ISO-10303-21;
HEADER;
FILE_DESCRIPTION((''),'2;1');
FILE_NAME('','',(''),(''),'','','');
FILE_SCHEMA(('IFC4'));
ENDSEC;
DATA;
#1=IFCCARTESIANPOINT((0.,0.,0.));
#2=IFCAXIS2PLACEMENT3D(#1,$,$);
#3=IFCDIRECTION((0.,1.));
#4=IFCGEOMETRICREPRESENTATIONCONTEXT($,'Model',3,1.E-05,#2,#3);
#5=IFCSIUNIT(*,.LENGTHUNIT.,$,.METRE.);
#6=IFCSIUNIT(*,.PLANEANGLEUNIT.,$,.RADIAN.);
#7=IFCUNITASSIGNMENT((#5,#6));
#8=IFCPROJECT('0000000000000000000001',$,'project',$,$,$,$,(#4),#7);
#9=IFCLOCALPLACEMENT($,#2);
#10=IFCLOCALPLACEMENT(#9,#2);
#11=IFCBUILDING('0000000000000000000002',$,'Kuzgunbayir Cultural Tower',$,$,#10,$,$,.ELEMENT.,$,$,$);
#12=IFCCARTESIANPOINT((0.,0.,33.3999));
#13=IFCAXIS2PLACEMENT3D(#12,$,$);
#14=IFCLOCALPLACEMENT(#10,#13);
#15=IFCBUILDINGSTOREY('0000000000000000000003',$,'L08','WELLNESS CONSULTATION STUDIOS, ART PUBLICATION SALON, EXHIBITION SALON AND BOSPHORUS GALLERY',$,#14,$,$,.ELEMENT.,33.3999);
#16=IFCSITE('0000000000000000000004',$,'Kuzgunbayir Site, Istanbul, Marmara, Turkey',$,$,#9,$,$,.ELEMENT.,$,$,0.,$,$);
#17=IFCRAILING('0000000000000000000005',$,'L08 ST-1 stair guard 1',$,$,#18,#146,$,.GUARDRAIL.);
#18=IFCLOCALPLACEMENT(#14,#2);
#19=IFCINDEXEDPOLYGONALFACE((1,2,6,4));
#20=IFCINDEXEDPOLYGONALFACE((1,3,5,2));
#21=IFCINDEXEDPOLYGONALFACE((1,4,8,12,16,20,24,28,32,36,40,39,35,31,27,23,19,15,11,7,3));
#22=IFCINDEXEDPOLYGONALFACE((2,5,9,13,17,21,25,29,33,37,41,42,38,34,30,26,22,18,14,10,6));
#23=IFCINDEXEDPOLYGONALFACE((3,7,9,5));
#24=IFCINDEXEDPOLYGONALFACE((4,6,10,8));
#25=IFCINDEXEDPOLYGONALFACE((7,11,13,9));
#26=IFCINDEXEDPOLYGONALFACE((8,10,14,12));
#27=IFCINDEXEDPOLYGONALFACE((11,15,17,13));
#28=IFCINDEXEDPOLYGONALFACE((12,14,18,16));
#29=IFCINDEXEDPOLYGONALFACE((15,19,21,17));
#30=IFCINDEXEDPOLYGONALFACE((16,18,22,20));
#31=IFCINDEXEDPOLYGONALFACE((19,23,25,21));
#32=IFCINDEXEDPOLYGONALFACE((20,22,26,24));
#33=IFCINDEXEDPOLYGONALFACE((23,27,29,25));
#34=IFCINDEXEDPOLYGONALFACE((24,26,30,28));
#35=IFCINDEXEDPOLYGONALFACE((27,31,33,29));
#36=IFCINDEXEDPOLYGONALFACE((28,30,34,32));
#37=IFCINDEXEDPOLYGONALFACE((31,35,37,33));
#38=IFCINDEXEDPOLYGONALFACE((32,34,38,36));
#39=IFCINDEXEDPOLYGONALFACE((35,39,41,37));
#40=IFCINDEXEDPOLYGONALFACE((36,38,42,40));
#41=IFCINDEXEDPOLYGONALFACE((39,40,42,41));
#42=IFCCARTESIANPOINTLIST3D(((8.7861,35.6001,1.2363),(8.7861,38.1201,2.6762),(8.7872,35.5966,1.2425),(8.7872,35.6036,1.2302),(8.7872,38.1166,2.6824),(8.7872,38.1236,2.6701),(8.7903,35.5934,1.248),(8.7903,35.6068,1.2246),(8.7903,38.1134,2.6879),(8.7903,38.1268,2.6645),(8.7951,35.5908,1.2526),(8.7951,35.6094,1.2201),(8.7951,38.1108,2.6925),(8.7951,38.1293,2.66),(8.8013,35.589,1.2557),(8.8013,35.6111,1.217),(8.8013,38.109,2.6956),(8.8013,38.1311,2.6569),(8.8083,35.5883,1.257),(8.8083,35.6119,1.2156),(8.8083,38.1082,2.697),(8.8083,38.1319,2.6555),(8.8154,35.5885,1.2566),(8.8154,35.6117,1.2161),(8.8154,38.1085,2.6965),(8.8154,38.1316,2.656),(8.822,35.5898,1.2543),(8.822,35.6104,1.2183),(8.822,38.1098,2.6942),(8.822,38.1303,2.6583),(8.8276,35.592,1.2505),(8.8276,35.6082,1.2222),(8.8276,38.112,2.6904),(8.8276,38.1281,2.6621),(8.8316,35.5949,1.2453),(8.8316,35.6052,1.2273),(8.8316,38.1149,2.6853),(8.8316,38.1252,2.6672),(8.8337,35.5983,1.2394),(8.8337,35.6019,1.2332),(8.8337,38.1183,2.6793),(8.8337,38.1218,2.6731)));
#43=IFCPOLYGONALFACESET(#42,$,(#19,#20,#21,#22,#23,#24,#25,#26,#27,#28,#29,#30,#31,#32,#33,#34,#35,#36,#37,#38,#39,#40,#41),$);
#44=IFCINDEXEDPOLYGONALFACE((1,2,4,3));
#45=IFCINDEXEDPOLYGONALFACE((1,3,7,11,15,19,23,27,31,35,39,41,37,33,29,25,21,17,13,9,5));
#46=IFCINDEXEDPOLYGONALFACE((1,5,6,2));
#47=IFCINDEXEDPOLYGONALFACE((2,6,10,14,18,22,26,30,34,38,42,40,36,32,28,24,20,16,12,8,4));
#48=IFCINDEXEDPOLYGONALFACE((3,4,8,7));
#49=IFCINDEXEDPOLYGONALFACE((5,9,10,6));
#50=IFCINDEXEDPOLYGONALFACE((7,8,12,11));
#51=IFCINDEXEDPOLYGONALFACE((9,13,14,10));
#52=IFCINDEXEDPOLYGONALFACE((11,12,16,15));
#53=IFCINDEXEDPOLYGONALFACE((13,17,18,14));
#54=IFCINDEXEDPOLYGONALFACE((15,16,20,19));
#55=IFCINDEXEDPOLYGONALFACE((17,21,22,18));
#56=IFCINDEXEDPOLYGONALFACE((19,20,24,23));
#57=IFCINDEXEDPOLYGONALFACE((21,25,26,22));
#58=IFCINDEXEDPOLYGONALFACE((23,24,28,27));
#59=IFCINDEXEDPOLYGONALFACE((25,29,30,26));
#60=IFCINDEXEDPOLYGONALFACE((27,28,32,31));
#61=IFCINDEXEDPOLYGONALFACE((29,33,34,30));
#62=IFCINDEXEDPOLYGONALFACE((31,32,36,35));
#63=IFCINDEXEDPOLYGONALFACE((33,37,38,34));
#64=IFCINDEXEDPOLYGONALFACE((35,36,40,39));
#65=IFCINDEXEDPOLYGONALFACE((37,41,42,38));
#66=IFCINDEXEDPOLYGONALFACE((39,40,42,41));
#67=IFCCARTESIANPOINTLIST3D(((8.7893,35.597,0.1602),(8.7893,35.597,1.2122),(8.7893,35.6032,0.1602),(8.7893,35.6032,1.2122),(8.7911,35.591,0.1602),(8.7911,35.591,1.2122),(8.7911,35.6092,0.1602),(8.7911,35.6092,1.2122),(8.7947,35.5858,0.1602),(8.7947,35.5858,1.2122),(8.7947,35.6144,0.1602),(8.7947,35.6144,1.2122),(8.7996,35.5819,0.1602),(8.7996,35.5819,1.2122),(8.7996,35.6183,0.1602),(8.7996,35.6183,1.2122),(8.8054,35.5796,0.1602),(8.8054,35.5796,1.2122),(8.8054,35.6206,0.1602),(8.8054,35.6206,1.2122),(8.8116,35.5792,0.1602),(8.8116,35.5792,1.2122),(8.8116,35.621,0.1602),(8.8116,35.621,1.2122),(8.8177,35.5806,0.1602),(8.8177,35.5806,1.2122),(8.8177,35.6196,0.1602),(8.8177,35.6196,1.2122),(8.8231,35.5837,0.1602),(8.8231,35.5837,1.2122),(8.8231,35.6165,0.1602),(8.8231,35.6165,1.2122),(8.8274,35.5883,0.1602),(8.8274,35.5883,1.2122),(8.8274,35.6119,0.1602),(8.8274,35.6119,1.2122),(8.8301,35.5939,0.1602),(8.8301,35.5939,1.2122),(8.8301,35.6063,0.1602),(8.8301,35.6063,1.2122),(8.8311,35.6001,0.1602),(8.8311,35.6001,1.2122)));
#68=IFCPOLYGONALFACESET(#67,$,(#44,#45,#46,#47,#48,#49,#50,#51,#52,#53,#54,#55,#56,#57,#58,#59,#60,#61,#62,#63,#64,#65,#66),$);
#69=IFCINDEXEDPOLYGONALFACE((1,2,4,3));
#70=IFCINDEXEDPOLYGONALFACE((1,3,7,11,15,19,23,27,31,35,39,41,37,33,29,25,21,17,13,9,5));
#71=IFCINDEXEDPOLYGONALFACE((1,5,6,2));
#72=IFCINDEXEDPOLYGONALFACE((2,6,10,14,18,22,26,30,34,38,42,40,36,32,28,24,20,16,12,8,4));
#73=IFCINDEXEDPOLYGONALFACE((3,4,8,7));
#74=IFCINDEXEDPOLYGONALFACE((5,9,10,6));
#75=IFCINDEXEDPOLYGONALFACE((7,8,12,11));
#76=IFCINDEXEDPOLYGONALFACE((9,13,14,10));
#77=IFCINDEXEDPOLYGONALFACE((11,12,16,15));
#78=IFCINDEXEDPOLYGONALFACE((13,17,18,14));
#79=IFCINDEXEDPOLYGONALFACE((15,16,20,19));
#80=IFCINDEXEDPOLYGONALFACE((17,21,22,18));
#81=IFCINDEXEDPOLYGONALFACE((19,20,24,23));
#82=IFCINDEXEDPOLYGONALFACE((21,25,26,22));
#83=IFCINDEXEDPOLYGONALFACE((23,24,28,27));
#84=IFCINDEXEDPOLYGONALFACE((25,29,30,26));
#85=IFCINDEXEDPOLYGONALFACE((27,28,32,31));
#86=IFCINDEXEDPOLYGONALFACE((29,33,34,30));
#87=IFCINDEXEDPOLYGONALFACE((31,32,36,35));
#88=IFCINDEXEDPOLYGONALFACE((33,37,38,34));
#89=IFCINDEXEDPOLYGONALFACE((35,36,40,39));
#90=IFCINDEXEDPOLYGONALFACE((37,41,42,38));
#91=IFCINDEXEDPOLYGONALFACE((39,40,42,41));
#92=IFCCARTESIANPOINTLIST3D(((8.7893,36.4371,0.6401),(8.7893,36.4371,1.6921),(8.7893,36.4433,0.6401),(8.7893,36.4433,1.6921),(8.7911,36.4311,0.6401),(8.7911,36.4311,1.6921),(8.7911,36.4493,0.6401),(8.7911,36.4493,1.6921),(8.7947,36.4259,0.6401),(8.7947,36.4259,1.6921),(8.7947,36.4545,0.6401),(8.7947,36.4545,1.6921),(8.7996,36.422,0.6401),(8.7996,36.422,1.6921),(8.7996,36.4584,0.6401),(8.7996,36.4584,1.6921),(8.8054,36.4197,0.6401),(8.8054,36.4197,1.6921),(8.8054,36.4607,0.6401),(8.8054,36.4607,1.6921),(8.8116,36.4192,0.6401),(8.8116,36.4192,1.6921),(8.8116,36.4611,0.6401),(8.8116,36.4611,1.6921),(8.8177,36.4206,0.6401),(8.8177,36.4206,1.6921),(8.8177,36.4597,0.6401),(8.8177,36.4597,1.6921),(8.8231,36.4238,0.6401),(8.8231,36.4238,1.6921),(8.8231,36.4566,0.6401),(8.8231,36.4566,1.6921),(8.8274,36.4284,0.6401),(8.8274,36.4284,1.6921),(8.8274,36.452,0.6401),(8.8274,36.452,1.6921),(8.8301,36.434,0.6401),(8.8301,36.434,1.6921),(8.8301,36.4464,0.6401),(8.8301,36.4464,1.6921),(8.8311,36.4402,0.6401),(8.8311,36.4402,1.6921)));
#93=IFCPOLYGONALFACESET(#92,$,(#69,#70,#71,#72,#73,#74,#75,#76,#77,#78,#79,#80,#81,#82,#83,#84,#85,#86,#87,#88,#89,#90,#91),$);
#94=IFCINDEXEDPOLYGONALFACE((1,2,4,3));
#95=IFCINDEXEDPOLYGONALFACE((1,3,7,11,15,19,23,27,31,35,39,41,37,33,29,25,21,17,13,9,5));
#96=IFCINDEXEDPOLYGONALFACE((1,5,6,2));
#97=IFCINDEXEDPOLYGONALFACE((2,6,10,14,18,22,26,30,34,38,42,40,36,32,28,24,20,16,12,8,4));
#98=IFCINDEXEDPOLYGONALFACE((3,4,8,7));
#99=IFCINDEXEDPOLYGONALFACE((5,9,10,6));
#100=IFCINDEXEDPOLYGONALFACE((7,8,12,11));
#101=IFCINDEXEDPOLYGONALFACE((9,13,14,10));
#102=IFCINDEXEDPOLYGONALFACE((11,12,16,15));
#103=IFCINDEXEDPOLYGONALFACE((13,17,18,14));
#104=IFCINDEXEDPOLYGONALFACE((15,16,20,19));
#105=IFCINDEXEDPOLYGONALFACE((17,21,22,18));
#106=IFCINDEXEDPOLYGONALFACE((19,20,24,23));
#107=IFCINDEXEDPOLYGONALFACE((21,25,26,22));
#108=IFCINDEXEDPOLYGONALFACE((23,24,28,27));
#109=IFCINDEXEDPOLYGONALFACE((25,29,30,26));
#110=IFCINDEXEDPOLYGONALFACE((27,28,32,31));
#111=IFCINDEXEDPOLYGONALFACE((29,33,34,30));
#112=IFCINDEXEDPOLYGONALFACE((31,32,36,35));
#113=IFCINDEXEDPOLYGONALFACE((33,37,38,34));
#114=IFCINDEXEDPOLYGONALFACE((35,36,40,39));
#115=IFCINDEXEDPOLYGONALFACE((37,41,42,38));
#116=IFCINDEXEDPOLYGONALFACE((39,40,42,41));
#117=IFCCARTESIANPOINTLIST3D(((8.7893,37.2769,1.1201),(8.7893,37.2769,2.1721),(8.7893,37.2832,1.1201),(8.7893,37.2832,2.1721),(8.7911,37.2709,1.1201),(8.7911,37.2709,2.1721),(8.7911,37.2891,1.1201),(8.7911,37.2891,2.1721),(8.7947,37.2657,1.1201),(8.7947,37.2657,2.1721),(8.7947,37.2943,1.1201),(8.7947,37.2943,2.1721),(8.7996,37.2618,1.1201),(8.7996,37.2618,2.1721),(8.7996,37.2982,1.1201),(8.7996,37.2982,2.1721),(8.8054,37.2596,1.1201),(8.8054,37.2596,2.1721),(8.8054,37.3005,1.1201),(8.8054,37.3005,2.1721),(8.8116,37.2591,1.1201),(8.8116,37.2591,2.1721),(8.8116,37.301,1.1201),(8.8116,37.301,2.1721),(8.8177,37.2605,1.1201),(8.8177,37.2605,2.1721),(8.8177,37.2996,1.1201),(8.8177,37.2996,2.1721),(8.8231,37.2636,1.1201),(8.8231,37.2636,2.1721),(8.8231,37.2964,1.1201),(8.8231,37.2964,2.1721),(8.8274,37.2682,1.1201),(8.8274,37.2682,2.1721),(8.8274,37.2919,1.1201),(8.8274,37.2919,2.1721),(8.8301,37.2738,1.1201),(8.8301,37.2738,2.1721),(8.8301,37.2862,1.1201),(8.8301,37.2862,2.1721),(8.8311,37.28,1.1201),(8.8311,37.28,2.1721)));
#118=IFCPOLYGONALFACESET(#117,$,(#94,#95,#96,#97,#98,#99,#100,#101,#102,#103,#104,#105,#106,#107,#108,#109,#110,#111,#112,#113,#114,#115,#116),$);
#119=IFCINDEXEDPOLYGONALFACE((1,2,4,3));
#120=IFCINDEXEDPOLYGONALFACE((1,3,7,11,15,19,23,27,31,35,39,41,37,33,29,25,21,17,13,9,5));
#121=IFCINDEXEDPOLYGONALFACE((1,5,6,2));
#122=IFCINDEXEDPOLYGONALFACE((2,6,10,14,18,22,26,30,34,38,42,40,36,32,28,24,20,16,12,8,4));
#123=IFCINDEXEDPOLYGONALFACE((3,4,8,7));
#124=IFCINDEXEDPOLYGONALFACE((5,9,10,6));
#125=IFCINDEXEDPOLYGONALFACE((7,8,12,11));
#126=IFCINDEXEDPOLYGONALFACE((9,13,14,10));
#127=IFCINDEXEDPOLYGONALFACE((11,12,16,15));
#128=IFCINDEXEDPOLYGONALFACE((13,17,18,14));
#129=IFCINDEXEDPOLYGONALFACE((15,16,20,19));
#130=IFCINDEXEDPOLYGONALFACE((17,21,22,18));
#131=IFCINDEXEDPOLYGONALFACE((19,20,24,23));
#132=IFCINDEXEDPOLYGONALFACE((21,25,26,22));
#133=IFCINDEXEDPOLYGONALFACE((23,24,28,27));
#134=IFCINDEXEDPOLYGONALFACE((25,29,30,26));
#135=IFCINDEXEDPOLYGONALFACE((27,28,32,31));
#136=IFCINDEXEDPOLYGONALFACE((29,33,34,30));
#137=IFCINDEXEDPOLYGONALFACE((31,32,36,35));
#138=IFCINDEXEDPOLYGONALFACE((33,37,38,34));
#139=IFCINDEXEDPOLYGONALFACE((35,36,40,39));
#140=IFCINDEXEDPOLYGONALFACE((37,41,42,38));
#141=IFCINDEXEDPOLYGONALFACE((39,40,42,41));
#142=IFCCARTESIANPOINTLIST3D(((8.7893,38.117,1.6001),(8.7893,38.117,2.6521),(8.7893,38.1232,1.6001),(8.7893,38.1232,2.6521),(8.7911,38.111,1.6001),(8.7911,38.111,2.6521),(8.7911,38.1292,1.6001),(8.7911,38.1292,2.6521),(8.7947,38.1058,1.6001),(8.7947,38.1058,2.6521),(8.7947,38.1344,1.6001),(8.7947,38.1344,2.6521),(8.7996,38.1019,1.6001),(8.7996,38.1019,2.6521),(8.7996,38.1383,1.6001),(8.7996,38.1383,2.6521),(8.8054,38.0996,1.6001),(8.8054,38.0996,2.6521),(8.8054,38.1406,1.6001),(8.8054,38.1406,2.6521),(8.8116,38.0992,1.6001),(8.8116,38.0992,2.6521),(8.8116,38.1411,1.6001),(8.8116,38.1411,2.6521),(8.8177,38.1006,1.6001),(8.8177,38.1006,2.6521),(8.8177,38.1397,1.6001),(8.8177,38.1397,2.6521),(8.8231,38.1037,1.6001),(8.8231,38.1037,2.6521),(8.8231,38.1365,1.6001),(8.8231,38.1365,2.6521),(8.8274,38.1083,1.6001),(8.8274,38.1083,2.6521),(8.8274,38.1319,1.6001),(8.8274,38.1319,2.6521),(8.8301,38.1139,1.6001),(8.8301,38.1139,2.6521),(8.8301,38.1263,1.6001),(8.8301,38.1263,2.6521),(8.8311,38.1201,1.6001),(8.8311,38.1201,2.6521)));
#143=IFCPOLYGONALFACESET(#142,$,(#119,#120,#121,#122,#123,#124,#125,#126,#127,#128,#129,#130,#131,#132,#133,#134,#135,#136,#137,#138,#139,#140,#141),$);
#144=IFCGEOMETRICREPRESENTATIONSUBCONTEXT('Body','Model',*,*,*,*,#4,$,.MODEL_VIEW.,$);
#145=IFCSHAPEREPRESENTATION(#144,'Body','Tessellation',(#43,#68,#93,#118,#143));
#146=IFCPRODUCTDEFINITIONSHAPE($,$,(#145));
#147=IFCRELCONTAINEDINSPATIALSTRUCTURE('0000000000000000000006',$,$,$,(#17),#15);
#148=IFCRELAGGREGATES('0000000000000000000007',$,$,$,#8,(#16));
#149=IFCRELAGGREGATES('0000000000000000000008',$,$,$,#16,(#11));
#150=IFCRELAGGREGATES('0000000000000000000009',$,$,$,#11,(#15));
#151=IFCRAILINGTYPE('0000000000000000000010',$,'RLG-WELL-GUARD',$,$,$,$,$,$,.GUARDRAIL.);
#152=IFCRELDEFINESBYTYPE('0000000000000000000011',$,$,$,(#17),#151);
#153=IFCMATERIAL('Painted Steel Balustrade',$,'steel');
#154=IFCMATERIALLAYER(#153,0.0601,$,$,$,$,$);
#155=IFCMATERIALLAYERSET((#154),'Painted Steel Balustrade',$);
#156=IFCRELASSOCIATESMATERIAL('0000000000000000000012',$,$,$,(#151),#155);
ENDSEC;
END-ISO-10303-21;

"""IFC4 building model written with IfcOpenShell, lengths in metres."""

from ifc_helpers import new_model, si_unit, direction, frame, origin, origin_2d, place, context, subcontext, project, spatial, circle, extrude, material, layer, layer_set, type_object, element, save


model = new_model("IFC4")

# Units and contexts
model_context = context("Model", 3, precision=1e-05, world=origin(), true_north=direction((0.0, 1.0)))
body_context = subcontext(model_context, "Body", "Model", "MODEL_VIEW")
ifc_project = project(units=[si_unit("LENGTHUNIT", "METRE"), si_unit("PLANEANGLEUNIT", "RADIAN")], contexts=[model_context])

# Site, building, storey
site_placement = place(None, origin())
site = spatial("IfcSite", under=ifc_project, at=site_placement, Name="Kuzgunbayir Site, Istanbul, Marmara, Turkey", CompositionType="ELEMENT", RefElevation=0.0)
building_placement = place(site_placement, origin())
building = spatial("IfcBuilding", under=site, at=building_placement, Name="Kuzgunbayir Cultural Tower", CompositionType="ELEMENT")
storey_placement = place(building_placement, frame((0.0, 0.0, 33.3999)))
storey = spatial("IfcBuildingStorey", under=building, at=storey_placement, Name="L08", Description="WELLNESS CONSULTATION STUDIOS, ART PUBLICATION SALON, EXHIBITION SALON AND BOSPHORUS GALLERY", CompositionType="ELEMENT", Elevation=33.3999)

# Railing
ifc_material_1 = material(Name="Painted Steel Balustrade", Category="steel")
ifc_layer_1 = layer(ifc_material_1, 0.0601)
ifc_layer_set_1 = layer_set([ifc_layer_1], Name="Painted Steel Balustrade")
railing_type_1 = type_object("IfcRailingType", Name="RLG-WELL-GUARD", PredefinedType="GUARDRAIL", material=ifc_layer_set_1)
railing_1_placement = place(storey_placement, frame((8.8101, 35.6001, 0.1602)))
element("IfcRailing", 1, at=railing_1_placement, inside=storey, type_object=railing_type_1, Name="L08 ST-1 stair guard 1", PredefinedType="GUARDRAIL", context=body_context, shape_type="SweptSolid", body=[
    extrude(circle(Radius=0.0239, at=origin_2d()), frame((0.0, 0.0, 1.0762), z_axis=(0.0, 0.868253, 0.496121), x_axis=(-1.0, 0.0, 0.0)), (0.0, 0.0, 1.0), 2.9023),
    extrude(circle(Radius=0.021, at=origin_2d()), origin(), (0.0, 0.0, 1.0), 1.052),
    extrude(circle(Radius=0.021, at=origin_2d()), frame((0.0, 0.8401, 0.48)), (0.0, 0.0, 1.0), 1.052),
    extrude(circle(Radius=0.021, at=origin_2d()), frame((0.0, 1.6799, 0.96)), (0.0, 0.0, 1.0), 1.052),
    extrude(circle(Radius=0.021, at=origin_2d()), frame((0.0, 2.52, 1.4399)), (0.0, 0.0, 1.0), 1.052),
])

save(model, "model.ifc")
